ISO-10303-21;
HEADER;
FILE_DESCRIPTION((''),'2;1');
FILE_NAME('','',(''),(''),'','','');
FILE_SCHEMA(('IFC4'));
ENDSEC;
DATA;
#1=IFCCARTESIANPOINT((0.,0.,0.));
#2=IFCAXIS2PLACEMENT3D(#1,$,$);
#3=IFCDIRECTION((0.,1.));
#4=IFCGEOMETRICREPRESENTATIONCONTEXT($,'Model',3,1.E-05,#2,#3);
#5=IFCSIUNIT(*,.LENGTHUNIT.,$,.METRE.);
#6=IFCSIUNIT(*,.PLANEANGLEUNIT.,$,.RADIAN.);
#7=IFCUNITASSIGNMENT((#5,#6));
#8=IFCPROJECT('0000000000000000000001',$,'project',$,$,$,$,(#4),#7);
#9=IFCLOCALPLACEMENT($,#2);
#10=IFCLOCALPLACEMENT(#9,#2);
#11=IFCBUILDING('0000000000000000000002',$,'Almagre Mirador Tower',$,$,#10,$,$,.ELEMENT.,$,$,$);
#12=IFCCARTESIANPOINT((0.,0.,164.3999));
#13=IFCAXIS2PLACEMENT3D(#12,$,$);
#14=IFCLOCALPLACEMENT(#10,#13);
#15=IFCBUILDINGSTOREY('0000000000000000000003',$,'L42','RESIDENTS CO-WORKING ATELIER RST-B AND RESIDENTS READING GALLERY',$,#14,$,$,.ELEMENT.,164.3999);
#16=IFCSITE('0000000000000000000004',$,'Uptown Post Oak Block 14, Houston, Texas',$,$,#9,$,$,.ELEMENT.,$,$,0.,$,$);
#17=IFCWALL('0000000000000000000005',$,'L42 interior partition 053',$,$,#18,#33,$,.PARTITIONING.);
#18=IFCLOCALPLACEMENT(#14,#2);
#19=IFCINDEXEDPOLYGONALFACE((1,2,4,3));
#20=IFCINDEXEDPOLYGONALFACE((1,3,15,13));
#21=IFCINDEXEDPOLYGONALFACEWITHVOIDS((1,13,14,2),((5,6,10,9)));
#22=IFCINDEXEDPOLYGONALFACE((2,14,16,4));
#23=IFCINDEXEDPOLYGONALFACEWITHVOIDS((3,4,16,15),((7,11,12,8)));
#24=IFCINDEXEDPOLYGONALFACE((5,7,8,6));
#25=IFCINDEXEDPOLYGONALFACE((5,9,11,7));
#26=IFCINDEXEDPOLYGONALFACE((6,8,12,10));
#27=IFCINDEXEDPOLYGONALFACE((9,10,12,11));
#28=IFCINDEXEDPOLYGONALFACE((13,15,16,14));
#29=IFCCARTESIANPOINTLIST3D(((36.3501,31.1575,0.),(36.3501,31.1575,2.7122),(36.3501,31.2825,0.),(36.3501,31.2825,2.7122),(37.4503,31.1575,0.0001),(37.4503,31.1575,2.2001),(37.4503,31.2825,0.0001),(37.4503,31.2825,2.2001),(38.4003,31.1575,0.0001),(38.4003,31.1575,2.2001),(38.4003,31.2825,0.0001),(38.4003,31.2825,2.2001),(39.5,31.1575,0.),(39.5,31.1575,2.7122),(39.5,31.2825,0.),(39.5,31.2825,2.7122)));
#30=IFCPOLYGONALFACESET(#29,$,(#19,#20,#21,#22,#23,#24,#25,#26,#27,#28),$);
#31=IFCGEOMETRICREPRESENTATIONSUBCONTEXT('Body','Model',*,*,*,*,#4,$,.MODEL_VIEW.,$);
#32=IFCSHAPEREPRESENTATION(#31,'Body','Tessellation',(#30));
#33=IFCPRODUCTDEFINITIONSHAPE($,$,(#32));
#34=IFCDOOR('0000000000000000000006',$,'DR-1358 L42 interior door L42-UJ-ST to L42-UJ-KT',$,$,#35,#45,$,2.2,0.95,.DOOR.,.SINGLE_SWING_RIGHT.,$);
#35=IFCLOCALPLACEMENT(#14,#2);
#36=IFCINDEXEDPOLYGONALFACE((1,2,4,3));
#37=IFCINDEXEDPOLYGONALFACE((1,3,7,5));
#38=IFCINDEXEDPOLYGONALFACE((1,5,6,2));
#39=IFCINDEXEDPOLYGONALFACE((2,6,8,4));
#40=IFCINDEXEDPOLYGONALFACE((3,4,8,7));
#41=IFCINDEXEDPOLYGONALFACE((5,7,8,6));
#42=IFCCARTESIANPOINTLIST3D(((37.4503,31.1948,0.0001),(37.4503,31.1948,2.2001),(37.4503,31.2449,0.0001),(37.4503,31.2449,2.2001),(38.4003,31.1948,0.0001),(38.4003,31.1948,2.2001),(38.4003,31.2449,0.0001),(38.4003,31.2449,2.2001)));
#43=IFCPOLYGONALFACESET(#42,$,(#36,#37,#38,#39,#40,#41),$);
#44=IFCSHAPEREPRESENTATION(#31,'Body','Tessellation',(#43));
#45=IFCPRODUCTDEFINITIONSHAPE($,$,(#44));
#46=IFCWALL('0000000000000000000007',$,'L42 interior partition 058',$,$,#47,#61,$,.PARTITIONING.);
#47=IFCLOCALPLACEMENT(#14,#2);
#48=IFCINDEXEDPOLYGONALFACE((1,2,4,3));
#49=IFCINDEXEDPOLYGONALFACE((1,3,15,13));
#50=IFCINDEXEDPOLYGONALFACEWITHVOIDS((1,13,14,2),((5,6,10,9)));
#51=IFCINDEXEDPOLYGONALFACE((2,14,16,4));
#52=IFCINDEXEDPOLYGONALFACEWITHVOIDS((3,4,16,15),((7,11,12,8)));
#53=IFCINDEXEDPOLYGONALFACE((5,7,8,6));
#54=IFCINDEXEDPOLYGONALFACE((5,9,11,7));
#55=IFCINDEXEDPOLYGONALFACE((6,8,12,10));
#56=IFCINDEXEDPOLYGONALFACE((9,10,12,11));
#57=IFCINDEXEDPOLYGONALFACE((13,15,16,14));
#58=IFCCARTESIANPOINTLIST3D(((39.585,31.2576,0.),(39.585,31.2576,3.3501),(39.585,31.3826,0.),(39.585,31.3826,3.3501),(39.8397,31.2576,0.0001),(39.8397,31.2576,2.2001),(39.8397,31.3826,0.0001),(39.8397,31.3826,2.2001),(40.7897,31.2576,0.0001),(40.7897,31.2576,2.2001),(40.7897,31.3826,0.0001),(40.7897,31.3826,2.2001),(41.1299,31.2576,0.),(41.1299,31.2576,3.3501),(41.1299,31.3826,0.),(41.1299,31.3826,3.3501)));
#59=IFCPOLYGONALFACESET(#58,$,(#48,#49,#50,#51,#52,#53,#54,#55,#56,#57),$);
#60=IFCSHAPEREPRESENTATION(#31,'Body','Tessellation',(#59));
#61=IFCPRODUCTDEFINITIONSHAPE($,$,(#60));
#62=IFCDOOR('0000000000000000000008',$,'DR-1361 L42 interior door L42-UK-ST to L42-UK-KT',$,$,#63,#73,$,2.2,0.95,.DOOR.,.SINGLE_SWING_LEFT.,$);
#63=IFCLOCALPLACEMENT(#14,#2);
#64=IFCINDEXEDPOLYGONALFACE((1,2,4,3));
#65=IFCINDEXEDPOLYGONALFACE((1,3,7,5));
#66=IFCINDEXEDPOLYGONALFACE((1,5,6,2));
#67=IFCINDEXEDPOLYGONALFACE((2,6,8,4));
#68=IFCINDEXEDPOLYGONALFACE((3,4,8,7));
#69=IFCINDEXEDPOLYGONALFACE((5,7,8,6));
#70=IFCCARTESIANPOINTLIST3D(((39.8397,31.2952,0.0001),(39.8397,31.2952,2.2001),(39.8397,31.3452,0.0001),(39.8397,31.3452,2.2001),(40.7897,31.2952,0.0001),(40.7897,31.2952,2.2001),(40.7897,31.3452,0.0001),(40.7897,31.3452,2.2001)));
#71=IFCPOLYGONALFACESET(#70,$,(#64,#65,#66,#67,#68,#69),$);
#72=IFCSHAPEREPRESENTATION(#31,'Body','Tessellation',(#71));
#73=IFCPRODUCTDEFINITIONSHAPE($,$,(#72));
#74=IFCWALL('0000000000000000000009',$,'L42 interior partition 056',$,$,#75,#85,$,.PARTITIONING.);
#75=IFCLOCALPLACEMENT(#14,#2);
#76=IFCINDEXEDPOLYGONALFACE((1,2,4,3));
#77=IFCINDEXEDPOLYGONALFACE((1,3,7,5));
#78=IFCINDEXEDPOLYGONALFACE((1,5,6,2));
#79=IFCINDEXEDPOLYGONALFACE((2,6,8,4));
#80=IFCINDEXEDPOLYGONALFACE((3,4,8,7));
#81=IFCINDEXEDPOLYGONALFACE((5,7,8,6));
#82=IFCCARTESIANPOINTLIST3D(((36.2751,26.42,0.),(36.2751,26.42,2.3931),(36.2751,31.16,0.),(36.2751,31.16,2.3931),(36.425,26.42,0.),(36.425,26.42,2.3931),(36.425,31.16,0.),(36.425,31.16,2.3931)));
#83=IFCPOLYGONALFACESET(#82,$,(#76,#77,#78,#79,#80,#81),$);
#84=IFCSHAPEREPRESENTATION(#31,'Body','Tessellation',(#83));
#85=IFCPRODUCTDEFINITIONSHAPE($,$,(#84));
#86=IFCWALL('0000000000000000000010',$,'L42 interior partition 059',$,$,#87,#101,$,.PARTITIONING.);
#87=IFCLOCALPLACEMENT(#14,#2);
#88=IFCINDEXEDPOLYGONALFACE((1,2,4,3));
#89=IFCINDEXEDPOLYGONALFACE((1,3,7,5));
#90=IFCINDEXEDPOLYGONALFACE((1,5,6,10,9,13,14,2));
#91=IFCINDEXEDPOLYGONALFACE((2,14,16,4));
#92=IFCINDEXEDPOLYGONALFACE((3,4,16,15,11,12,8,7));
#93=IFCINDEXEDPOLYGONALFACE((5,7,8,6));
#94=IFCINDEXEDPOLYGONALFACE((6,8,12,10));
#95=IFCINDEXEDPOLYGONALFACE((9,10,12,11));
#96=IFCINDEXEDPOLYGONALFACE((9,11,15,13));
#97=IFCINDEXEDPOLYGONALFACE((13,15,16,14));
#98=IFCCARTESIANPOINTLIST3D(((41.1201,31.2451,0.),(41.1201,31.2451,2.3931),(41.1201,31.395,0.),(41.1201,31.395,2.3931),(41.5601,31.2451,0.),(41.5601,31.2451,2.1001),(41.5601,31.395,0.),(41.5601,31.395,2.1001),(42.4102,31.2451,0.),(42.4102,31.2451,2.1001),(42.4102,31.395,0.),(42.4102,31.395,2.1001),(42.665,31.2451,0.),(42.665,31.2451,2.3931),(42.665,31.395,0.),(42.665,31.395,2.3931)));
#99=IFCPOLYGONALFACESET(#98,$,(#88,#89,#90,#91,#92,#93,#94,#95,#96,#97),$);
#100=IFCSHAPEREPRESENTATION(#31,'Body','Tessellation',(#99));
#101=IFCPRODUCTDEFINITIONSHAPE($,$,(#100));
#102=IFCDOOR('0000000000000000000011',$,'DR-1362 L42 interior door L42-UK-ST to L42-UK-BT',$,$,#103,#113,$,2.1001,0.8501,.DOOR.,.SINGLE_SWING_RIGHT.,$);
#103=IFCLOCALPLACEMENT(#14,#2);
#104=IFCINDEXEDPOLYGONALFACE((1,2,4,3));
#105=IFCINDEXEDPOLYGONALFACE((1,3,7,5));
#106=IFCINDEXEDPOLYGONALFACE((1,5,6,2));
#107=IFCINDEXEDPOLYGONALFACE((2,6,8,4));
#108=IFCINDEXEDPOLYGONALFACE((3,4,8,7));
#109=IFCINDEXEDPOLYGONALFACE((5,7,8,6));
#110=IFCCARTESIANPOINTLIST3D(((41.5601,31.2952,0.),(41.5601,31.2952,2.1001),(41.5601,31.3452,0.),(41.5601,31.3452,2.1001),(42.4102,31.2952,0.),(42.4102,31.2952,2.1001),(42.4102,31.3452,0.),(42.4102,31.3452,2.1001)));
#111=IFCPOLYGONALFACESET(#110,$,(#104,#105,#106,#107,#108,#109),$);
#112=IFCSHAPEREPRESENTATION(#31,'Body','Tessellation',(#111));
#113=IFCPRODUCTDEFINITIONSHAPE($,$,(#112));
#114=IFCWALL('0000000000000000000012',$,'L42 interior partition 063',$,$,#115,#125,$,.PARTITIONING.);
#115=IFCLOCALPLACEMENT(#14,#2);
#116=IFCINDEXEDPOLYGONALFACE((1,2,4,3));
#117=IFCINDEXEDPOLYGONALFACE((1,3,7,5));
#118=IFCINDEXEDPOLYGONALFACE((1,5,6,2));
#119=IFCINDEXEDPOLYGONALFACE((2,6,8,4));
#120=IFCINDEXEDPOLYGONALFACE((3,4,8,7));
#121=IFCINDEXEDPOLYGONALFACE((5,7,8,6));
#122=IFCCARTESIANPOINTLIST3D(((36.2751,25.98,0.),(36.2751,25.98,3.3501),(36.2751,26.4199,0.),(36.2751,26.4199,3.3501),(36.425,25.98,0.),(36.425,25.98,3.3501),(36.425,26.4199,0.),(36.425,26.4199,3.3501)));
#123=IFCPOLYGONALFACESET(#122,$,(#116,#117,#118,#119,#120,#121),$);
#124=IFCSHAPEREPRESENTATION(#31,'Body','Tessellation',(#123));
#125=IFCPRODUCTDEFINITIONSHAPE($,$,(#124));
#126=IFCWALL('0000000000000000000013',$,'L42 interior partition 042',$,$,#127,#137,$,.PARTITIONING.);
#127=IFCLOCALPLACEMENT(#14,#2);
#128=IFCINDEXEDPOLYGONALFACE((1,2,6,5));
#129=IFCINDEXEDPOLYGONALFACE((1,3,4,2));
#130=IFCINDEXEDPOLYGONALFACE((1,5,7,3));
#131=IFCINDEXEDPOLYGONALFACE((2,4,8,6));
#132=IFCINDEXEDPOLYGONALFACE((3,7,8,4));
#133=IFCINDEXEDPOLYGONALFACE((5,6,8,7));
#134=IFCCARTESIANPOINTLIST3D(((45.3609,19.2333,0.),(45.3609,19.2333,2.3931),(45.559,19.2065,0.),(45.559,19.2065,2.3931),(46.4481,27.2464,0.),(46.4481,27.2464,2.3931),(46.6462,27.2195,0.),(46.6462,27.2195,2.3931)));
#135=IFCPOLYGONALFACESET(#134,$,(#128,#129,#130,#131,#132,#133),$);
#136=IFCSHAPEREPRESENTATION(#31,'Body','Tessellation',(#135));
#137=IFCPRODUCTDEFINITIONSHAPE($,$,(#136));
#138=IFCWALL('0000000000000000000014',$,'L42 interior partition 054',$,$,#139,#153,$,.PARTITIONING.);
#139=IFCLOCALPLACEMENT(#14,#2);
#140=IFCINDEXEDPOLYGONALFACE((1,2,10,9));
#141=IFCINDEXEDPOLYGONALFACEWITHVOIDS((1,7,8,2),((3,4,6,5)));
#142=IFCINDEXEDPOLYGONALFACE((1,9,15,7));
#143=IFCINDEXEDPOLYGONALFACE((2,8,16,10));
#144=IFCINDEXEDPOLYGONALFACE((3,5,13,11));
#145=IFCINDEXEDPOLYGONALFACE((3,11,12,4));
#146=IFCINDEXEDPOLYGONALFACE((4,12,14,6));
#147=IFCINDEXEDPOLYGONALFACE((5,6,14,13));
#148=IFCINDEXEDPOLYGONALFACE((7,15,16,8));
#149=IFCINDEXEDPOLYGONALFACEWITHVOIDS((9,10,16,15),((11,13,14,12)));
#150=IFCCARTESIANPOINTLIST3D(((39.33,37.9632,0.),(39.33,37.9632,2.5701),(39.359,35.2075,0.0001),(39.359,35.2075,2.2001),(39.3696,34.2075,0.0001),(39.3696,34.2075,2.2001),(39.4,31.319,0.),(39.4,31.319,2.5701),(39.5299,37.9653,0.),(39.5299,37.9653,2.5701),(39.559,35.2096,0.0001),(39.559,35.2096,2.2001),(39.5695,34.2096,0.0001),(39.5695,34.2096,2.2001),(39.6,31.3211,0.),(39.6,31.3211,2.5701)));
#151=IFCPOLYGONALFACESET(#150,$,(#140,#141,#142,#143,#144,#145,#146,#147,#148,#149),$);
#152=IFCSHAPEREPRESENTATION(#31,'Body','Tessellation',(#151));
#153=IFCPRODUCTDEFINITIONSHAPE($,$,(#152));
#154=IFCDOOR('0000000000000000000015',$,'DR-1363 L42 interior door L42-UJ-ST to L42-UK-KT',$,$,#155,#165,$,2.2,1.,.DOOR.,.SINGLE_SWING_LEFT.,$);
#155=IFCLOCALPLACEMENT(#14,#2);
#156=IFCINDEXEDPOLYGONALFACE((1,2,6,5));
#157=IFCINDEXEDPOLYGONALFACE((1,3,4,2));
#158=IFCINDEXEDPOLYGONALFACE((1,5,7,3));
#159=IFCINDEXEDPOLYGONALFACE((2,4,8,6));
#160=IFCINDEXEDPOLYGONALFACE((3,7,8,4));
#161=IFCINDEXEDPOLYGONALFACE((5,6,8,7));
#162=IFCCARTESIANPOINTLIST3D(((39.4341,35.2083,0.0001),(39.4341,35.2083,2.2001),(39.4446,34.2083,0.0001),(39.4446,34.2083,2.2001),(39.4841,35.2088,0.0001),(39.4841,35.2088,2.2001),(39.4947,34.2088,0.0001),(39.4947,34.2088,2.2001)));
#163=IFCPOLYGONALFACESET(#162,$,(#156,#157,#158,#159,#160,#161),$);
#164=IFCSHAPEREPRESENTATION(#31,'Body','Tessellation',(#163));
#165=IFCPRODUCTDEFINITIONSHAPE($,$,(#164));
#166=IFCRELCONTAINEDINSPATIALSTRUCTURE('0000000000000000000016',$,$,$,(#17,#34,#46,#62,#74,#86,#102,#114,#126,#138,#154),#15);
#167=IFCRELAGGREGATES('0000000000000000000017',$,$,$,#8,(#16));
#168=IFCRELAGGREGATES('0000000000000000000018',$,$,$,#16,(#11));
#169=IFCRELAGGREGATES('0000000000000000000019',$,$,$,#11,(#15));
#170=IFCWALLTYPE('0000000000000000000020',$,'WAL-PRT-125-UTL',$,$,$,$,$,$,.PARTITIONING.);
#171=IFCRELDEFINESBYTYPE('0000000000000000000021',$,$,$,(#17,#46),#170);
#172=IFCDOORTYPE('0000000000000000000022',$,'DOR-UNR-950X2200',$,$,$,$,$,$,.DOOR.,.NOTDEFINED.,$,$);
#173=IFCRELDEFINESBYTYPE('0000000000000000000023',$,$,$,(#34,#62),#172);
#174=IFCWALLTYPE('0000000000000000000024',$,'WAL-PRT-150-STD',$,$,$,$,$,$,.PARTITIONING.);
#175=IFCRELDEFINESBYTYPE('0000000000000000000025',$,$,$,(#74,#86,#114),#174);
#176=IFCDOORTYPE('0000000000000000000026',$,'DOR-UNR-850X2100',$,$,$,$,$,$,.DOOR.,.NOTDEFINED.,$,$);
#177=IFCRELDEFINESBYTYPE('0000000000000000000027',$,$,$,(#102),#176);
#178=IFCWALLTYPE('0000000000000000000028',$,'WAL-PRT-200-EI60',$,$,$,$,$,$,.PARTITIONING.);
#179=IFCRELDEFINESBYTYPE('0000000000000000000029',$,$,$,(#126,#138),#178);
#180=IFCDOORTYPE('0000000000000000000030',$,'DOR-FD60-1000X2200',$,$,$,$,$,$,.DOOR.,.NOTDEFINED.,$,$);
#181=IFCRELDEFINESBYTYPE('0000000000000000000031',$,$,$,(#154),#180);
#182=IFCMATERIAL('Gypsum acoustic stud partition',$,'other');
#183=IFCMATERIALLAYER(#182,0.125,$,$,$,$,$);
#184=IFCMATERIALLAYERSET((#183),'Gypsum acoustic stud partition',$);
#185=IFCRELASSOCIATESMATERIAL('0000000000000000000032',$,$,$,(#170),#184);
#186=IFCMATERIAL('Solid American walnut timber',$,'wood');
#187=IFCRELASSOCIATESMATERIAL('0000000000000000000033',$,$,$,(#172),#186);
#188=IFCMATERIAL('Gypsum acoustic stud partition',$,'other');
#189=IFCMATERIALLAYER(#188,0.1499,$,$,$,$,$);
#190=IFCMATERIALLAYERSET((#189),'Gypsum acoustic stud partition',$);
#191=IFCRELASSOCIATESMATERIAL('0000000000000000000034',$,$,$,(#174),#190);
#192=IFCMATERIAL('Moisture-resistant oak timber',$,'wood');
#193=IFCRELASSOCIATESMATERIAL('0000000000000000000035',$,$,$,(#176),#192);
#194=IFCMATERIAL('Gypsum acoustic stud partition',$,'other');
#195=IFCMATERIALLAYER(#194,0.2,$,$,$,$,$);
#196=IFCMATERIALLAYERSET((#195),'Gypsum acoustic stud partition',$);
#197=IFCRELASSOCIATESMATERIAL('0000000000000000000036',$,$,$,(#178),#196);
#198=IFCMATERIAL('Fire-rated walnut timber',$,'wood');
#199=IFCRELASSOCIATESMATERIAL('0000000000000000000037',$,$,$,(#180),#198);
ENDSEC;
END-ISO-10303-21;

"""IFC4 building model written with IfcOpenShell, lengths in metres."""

from ifc_helpers import new_model, si_unit, direction, frame, frame_2d, origin, place, context, subcontext, project, spatial, rectangle, extrude, material, layer, layer_set, type_object, element, fill, save


model = new_model("IFC4")

# Units and contexts
model_context = context("Model", 3, precision=1e-05, world=origin(), true_north=direction((0.0, 1.0)))
body_context = subcontext(model_context, "Body", "Model", "MODEL_VIEW")
ifc_project = project(units=[si_unit("LENGTHUNIT", "METRE"), si_unit("PLANEANGLEUNIT", "RADIAN")], contexts=[model_context])

# Site, building, storey
site_placement = place(None, origin())
site = spatial("IfcSite", under=ifc_project, at=site_placement, Name="Uptown Post Oak Block 14, Houston, Texas", CompositionType="ELEMENT", RefElevation=0.0)
building_placement = place(site_placement, origin())
building = spatial("IfcBuilding", under=site, at=building_placement, Name="Almagre Mirador Tower", CompositionType="ELEMENT")
storey_placement = place(building_placement, frame((0.0, 0.0, 164.3999)))
storey = spatial("IfcBuildingStorey", under=building, at=storey_placement, Name="L42", Description="RESIDENTS CO-WORKING ATELIER RST-B AND RESIDENTS READING GALLERY", CompositionType="ELEMENT", Elevation=164.3999)

# Walls, openings, doors
ifc_material_1 = material(Name="Gypsum acoustic stud partition", Category="other")
ifc_layer_1 = layer(ifc_material_1, 0.125)
ifc_layer_set_1 = layer_set([ifc_layer_1], Name="Gypsum acoustic stud partition")
wall_type_1 = type_object("IfcWallType", Name="WAL-PRT-125-UTL", PredefinedType="PARTITIONING", material=ifc_layer_set_1)
wall_1_placement = place(storey_placement, frame((36.3501, 31.22, 0.0), z_axis=(0.0, 0.0, 1.0), x_axis=(1.0, 0.0, 0.0)))
wall_1 = element("IfcWall", 1, at=wall_1_placement, inside=storey, type_object=wall_type_1, Name="L42 interior partition 053", PredefinedType="PARTITIONING", context=body_context, shape_type="SweptSolid", body=[
    extrude(rectangle(XDim=3.1499, YDim=0.125, at=frame_2d((1.575, 0.0))), origin(), (0.0, 0.0, 1.0), 2.7122),
])
opening_1_placement = place(wall_1_placement, frame((1.1001, 0.0, 0.0)))
opening_1 = element("IfcOpeningElement", 2, at=opening_1_placement, cuts=wall_1, PredefinedType="OPENING", context=body_context, shape_type="SweptSolid", body=[
    extrude(rectangle(XDim=0.95, YDim=2.2, at=frame_2d((0.4751, 1.1001))), frame((0.0, 0.0725, 0.0), z_axis=(0.0, -1.0, 0.0), x_axis=(1.0, 0.0, 0.0)), (0.0, 0.0, 1.0), 0.145),
])
ifc_material_2 = material(Name="Solid American walnut timber", Category="wood")
door_type_1 = type_object("IfcDoorType", Name="DOR-UNR-950X2200", OperationType="NOTDEFINED", PredefinedType="DOOR", material=ifc_material_2)
door_1_placement = place(opening_1_placement, origin())
door_1 = element("IfcDoor", 3, at=door_1_placement, inside=storey, type_object=door_type_1, Name="DR-1358 L42 interior door L42-UJ-ST to L42-UJ-KT", OperationType="SINGLE_SWING_RIGHT", OverallHeight=2.2, OverallWidth=0.95, PredefinedType="DOOR", context=body_context, shape_type="SweptSolid", body=[
    extrude(rectangle(XDim=0.95, YDim=2.2, at=frame_2d((0.4751, 1.1001))), frame((0.0, 0.0249, 0.0), z_axis=(0.0, -1.0, 0.0), x_axis=(1.0, 0.0, 0.0)), (0.0, 0.0, 1.0), 0.05),
])
fill(opening_1, door_1)
wall_2_placement = place(storey_placement, frame((41.1299, 31.3201, 0.0), z_axis=(0.0, 0.0, 1.0), x_axis=(-1.0, 0.0, 0.0)))
wall_2 = element("IfcWall", 4, at=wall_2_placement, inside=storey, type_object=wall_type_1, Name="L42 interior partition 058", PredefinedType="PARTITIONING", context=body_context, shape_type="SweptSolid", body=[
    extrude(rectangle(XDim=1.5449, YDim=0.125, at=frame_2d((0.7725, 0.0))), origin(), (0.0, 0.0, 1.0), 3.3501),
])
opening_2_placement = place(wall_2_placement, frame((0.3401, 0.0, 0.0)))
opening_2 = element("IfcOpeningElement", 5, at=opening_2_placement, cuts=wall_2, PredefinedType="OPENING", context=body_context, shape_type="SweptSolid", body=[
    extrude(rectangle(XDim=0.95, YDim=2.2, at=frame_2d((0.4751, 1.1001))), frame((0.0, 0.0725, 0.0), z_axis=(0.0, -1.0, 0.0), x_axis=(1.0, 0.0, 0.0)), (0.0, 0.0, 1.0), 0.145),
])
door_2_placement = place(opening_2_placement, origin())
door_2 = element("IfcDoor", 6, at=door_2_placement, inside=storey, type_object=door_type_1, Name="DR-1361 L42 interior door L42-UK-ST to L42-UK-KT", OperationType="SINGLE_SWING_LEFT", OverallHeight=2.2, OverallWidth=0.95, PredefinedType="DOOR", context=body_context, shape_type="SweptSolid", body=[
    extrude(rectangle(XDim=0.95, YDim=2.2, at=frame_2d((0.4751, 1.1001))), frame((0.0, 0.0249, 0.0), z_axis=(0.0, -1.0, 0.0), x_axis=(1.0, 0.0, 0.0)), (0.0, 0.0, 1.0), 0.05),
])
fill(opening_2, door_2)

# Wall
ifc_material_3 = material(Name="Gypsum acoustic stud partition", Category="other")
ifc_layer_2 = layer(ifc_material_3, 0.1499)
ifc_layer_set_2 = layer_set([ifc_layer_2], Name="Gypsum acoustic stud partition")
wall_type_2 = type_object("IfcWallType", Name="WAL-PRT-150-STD", PredefinedType="PARTITIONING", material=ifc_layer_set_2)
wall_3_placement = place(storey_placement, frame((36.3501, 26.4199, 0.0), z_axis=(0.0, 0.0, 1.0), x_axis=(0.0, 1.0, 0.0)))
element("IfcWall", 7, at=wall_3_placement, inside=storey, type_object=wall_type_2, Name="L42 interior partition 056", PredefinedType="PARTITIONING", context=body_context, shape_type="SweptSolid", body=[
    extrude(rectangle(XDim=4.74, YDim=0.1499, at=frame_2d((2.3701, 0.0))), origin(), (0.0, 0.0, 1.0), 2.3931),
])

# Wall, opening, door
wall_4_placement = place(storey_placement, frame((42.665, 31.3201, 0.0), z_axis=(0.0, 0.0, 1.0), x_axis=(-1.0, 0.0, 0.0)))
wall_4 = element("IfcWall", 8, at=wall_4_placement, inside=storey, type_object=wall_type_2, Name="L42 interior partition 059", PredefinedType="PARTITIONING", context=body_context, shape_type="SweptSolid", body=[
    extrude(rectangle(XDim=1.5449, YDim=0.1499, at=frame_2d((0.7725, 0.0))), origin(), (0.0, 0.0, 1.0), 2.3931),
])
opening_3_placement = place(wall_4_placement, frame((0.2549, 0.0, 0.0)))
opening_3 = element("IfcOpeningElement", 9, at=opening_3_placement, cuts=wall_4, PredefinedType="OPENING", context=body_context, shape_type="SweptSolid", body=[
    extrude(rectangle(XDim=0.8501, YDim=2.1001, at=frame_2d((0.425, 1.05))), frame((0.0, 0.085, 0.0), z_axis=(0.0, -1.0, 0.0), x_axis=(1.0, 0.0, 0.0)), (0.0, 0.0, 1.0), 0.1699),
])
ifc_material_4 = material(Name="Moisture-resistant oak timber", Category="wood")
door_type_2 = type_object("IfcDoorType", Name="DOR-UNR-850X2100", OperationType="NOTDEFINED", PredefinedType="DOOR", material=ifc_material_4)
door_3_placement = place(opening_3_placement, origin())
door_3 = element("IfcDoor", 10, at=door_3_placement, inside=storey, type_object=door_type_2, Name="DR-1362 L42 interior door L42-UK-ST to L42-UK-BT", OperationType="SINGLE_SWING_RIGHT", OverallHeight=2.1001, OverallWidth=0.8501, PredefinedType="DOOR", context=body_context, shape_type="SweptSolid", body=[
    extrude(rectangle(XDim=0.8501, YDim=2.1001, at=frame_2d((0.425, 1.05))), frame((0.0, 0.0249, 0.0), z_axis=(0.0, -1.0, 0.0), x_axis=(1.0, 0.0, 0.0)), (0.0, 0.0, 1.0), 0.05),
])
fill(opening_3, door_3)

# Walls
wall_5_placement = place(storey_placement, frame((36.3501, 25.98, 0.0), z_axis=(0.0, 0.0, 1.0), x_axis=(0.0, 1.0, 0.0)))
element("IfcWall", 11, at=wall_5_placement, inside=storey, type_object=wall_type_2, Name="L42 interior partition 063", PredefinedType="PARTITIONING", context=body_context, shape_type="SweptSolid", body=[
    extrude(rectangle(XDim=0.4399, YDim=0.1499, at=frame_2d((0.22, 0.0))), origin(), (0.0, 0.0, 1.0), 3.3501),
])
ifc_material_5 = material(Name="Gypsum acoustic stud partition", Category="other")
ifc_layer_3 = layer(ifc_material_5, 0.2)
ifc_layer_set_3 = layer_set([ifc_layer_3], Name="Gypsum acoustic stud partition")
wall_type_3 = type_object("IfcWallType", Name="WAL-PRT-200-EI60", PredefinedType="PARTITIONING", material=ifc_layer_set_3)
wall_6_placement = place(storey_placement, frame((46.5471, 27.2329, 0.0), z_axis=(0.0, 0.0, 1.0), x_axis=(-0.134444, -0.990921, 0.0)))
element("IfcWall", 12, at=wall_6_placement, inside=storey, type_object=wall_type_3, Name="L42 interior partition 042", PredefinedType="PARTITIONING", context=body_context, shape_type="SweptSolid", body=[
    extrude(rectangle(XDim=8.0864, YDim=0.2, at=frame_2d((4.0432, 0.0))), origin(), (0.0, 0.0, 1.0), 2.3931),
])

# Wall, opening, door
wall_7_placement = place(storey_placement, frame((39.5, 31.3201, 0.0), z_axis=(0.0, 0.0, 1.0), x_axis=(-0.010545, 0.999944, 0.0)))
wall_7 = element("IfcWall", 13, at=wall_7_placement, inside=storey, type_object=wall_type_3, Name="L42 interior partition 054", PredefinedType="PARTITIONING", context=body_context, shape_type="SweptSolid", body=[
    extrude(rectangle(XDim=6.6445, YDim=0.2, at=frame_2d((3.3223, 0.0))), origin(), (0.0, 0.0, 1.0), 2.5701),
])
opening_4_placement = place(wall_7_placement, frame((2.8887, 0.0, 0.0)))
opening_4 = element("IfcOpeningElement", 14, at=opening_4_placement, cuts=wall_7, PredefinedType="OPENING", context=body_context, shape_type="SweptSolid", body=[
    extrude(rectangle(XDim=1.0, YDim=2.2, at=frame_2d((0.5, 1.1001))), frame((0.0, 0.1101, 0.0), z_axis=(0.0, -1.0, 0.0), x_axis=(1.0, 0.0, 0.0)), (0.0, 0.0, 1.0), 0.22),
])
ifc_material_6 = material(Name="Fire-rated walnut timber", Category="wood")
door_type_3 = type_object("IfcDoorType", Name="DOR-FD60-1000X2200", OperationType="NOTDEFINED", PredefinedType="DOOR", material=ifc_material_6)
door_4_placement = place(opening_4_placement, origin())
door_4 = element("IfcDoor", 15, at=door_4_placement, inside=storey, type_object=door_type_3, Name="DR-1363 L42 interior door L42-UJ-ST to L42-UK-KT", OperationType="SINGLE_SWING_LEFT", OverallHeight=2.2, OverallWidth=1.0, PredefinedType="DOOR", context=body_context, shape_type="SweptSolid", body=[
    extrude(rectangle(XDim=1.0, YDim=2.2, at=frame_2d((0.5, 1.1001))), frame((0.0, 0.0249, 0.0), z_axis=(0.0, -1.0, 0.0), x_axis=(1.0, 0.0, 0.0)), (0.0, 0.0, 1.0), 0.05),
])
fill(opening_4, door_4)

save(model, "model.ifc")
